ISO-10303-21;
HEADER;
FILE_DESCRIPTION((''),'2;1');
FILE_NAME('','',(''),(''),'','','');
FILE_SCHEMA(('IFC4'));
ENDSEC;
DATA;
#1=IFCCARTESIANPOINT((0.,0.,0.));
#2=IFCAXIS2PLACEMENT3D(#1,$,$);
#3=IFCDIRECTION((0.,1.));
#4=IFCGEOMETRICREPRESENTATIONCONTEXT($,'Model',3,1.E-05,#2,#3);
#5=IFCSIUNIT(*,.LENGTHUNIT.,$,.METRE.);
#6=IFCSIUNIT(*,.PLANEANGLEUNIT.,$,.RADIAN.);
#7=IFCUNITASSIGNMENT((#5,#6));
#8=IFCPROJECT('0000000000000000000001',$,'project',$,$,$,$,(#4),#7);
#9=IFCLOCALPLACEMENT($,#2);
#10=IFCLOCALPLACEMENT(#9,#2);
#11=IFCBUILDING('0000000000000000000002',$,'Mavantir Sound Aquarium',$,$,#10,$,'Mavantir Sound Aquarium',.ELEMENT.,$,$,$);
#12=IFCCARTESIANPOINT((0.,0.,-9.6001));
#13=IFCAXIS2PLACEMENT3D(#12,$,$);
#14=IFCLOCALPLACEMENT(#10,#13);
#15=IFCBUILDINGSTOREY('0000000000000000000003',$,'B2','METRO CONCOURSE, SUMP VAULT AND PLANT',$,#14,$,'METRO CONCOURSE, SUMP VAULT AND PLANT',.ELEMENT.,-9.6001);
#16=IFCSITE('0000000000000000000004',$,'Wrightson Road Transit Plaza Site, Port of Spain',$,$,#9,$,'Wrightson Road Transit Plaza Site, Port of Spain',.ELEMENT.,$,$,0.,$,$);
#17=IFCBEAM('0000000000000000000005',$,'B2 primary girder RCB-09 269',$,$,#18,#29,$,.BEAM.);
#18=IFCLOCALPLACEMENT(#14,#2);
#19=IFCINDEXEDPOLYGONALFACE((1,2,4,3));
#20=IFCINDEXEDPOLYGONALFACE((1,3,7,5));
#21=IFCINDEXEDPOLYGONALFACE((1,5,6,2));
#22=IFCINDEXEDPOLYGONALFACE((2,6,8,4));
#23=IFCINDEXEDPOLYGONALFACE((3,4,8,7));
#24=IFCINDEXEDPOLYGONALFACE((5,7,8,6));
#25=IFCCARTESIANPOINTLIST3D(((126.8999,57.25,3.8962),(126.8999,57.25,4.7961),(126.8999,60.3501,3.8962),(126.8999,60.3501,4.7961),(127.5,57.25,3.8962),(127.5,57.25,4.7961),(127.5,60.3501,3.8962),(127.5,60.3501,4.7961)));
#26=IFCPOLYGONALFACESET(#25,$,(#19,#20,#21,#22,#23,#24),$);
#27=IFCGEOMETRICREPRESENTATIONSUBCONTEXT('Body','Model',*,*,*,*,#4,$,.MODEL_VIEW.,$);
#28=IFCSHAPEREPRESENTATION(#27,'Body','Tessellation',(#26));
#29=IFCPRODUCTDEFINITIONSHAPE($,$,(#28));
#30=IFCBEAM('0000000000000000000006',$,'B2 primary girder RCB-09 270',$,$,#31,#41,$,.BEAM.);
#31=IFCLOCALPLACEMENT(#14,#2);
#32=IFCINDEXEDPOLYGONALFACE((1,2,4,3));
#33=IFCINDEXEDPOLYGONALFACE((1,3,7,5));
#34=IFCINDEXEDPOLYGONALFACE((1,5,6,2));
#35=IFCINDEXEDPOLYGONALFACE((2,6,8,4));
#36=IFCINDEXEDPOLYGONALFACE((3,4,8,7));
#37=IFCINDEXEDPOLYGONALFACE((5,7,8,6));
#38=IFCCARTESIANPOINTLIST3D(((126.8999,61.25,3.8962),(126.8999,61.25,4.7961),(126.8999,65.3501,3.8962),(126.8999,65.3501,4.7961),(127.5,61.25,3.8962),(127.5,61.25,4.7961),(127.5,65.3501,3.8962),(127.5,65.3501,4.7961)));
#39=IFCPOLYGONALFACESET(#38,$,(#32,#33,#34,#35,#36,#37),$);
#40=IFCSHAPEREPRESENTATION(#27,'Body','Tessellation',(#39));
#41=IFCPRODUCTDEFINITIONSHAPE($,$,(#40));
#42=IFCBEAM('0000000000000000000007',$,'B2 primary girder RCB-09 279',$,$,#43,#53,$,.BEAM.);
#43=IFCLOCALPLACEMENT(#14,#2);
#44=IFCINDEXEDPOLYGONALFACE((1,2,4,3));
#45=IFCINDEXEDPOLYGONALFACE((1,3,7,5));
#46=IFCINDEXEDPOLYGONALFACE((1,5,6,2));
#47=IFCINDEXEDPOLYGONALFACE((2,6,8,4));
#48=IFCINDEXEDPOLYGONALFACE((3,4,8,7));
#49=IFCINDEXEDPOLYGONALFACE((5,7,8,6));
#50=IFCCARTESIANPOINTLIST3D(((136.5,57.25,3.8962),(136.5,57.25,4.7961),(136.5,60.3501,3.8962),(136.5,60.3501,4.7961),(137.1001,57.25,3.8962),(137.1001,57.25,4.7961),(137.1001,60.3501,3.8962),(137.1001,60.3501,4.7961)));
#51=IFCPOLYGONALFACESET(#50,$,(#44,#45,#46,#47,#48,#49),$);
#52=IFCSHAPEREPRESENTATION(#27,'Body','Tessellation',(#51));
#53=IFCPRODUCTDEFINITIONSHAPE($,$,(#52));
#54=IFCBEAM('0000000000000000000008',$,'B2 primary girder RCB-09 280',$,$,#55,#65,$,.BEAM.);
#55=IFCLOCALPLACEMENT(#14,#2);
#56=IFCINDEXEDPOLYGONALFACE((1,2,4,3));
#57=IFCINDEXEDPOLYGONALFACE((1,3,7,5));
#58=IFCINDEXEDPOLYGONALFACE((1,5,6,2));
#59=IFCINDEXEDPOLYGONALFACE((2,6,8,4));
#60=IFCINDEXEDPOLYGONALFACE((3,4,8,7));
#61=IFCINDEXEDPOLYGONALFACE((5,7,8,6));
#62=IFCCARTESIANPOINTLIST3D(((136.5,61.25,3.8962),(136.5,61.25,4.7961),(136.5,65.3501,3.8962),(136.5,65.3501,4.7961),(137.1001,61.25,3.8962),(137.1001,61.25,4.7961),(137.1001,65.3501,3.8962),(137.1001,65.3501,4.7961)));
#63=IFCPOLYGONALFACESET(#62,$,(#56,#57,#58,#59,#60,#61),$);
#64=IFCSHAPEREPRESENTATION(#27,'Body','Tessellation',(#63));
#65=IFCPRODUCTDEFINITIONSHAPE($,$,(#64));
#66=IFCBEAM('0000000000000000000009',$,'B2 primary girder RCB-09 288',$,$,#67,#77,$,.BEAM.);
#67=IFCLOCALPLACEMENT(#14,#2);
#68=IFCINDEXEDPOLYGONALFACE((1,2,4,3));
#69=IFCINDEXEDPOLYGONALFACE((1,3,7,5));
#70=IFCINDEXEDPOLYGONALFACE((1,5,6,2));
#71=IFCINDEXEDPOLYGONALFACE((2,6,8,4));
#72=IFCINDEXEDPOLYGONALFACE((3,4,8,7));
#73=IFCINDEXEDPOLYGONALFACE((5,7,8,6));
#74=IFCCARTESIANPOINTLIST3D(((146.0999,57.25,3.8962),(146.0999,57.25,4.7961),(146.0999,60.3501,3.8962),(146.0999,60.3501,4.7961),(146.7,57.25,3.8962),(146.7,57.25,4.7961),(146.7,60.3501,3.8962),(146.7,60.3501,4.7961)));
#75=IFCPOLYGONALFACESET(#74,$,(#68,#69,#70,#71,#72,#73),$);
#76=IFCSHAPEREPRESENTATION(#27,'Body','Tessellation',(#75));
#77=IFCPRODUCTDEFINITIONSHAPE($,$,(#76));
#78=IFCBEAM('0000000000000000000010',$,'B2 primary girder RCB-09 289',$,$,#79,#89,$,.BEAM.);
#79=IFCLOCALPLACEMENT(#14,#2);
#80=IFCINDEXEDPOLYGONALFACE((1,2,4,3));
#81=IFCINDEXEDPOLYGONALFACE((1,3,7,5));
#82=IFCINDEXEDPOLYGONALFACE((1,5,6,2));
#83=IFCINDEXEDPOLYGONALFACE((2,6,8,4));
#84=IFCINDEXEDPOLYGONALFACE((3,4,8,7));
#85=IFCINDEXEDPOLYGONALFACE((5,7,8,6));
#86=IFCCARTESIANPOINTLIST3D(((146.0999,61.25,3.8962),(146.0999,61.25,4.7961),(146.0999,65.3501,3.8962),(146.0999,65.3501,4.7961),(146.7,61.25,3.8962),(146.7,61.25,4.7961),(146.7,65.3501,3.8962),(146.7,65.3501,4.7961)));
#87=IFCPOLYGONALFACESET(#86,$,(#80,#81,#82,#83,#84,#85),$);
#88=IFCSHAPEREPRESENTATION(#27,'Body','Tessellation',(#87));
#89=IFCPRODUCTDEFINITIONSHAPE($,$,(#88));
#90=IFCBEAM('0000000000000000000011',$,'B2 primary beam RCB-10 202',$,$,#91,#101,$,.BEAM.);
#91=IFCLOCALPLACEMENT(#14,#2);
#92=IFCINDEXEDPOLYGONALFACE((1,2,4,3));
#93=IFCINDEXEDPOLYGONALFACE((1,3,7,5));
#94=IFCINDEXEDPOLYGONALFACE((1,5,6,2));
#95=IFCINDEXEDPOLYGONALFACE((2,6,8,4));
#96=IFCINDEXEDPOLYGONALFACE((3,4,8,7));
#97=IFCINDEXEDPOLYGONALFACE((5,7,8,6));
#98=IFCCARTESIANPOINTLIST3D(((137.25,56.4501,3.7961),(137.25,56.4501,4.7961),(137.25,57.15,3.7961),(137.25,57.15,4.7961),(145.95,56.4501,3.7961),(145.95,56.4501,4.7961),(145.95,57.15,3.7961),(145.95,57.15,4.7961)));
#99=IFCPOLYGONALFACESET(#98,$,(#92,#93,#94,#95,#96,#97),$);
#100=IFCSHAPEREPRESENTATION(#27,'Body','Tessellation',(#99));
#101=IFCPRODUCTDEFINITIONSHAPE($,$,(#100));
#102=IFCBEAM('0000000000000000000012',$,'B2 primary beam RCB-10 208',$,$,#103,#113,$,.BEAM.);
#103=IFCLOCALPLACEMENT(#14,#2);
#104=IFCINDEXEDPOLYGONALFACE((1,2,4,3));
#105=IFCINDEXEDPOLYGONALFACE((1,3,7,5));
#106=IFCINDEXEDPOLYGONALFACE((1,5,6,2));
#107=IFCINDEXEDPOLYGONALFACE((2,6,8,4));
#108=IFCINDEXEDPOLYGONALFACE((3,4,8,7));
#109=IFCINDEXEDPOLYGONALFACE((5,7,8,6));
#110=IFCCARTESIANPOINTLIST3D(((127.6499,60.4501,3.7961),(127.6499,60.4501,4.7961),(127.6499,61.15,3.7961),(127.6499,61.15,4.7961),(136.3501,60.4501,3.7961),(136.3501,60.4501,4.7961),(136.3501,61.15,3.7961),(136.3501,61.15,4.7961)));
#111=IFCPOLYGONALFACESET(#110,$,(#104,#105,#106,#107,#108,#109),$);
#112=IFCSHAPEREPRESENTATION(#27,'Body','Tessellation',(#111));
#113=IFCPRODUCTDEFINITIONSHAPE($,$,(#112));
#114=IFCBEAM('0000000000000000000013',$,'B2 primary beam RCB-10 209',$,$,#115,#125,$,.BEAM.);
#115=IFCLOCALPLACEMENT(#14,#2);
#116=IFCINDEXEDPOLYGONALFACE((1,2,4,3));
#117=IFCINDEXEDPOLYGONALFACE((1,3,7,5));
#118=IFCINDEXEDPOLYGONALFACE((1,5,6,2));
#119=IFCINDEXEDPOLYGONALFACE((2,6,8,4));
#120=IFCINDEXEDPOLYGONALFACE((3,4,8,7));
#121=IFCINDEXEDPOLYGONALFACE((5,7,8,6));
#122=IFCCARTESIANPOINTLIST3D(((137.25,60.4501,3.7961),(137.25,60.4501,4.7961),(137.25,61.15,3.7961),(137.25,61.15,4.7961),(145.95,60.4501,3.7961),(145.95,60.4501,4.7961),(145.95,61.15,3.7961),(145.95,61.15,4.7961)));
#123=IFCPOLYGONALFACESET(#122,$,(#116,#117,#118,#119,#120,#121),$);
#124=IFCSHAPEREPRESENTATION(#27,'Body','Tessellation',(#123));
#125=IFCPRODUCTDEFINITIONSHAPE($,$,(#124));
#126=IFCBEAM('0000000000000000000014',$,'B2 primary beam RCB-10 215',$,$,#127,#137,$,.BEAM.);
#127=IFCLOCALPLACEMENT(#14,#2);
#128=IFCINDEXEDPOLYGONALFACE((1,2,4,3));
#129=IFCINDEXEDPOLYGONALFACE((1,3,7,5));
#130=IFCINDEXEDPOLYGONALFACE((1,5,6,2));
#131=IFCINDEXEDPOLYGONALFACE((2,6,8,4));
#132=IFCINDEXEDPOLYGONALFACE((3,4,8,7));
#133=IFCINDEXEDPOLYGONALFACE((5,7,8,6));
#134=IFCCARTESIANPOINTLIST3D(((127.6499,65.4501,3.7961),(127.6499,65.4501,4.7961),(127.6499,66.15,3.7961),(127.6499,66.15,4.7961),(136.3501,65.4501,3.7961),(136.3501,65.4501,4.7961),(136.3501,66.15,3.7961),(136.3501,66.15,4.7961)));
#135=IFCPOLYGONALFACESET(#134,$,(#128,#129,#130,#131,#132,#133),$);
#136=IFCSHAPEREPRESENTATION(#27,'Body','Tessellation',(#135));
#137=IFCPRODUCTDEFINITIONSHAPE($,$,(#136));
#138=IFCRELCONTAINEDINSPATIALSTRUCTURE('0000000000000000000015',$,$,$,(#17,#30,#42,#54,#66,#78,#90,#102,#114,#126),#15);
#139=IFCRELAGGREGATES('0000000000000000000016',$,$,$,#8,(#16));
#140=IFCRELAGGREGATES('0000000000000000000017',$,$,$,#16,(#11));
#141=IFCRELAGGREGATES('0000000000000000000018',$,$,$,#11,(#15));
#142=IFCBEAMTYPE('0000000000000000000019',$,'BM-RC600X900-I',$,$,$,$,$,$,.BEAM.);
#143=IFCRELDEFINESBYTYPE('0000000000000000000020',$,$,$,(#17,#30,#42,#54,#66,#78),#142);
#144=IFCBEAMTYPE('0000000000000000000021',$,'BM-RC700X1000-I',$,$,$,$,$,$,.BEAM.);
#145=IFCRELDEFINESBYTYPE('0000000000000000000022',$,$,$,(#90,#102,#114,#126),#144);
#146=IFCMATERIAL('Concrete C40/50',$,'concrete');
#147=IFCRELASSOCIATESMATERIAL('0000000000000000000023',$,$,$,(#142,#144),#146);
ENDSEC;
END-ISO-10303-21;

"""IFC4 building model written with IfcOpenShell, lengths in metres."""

from ifc_helpers import new_model, si_unit, direction, frame, origin, origin_2d, place, context, subcontext, project, spatial, rectangle, extrude, material, material_profile, profile_set, type_object, element, save


model = new_model("IFC4")

# Units and contexts
model_context = context("Model", 3, precision=1e-05, world=origin(), true_north=direction((0.0, 1.0)))
body_context = subcontext(model_context, "Body", "Model", "MODEL_VIEW")
ifc_project = project(units=[si_unit("LENGTHUNIT", "METRE"), si_unit("PLANEANGLEUNIT", "RADIAN")], contexts=[model_context])

# Site, building, storey
site_placement = place(None, origin())
site = spatial("IfcSite", under=ifc_project, at=site_placement, Name="Wrightson Road Transit Plaza Site, Port of Spain", LongName="Wrightson Road Transit Plaza Site, Port of Spain", CompositionType="ELEMENT", RefElevation=0.0)
building_placement = place(site_placement, origin())
building = spatial("IfcBuilding", under=site, at=building_placement, Name="Mavantir Sound Aquarium", LongName="Mavantir Sound Aquarium", CompositionType="ELEMENT")
storey_placement = place(building_placement, frame((0.0, 0.0, -9.6001)))
storey = spatial("IfcBuildingStorey", under=building, at=storey_placement, Name="B2", Description="METRO CONCOURSE, SUMP VAULT AND PLANT", LongName="METRO CONCOURSE, SUMP VAULT AND PLANT", CompositionType="ELEMENT", Elevation=-9.6001)

# Shared definitions
ifc_material = material(Name="Concrete C40/50", Category="concrete")

# Beams
ifc_material_profile_1 = material_profile(ifc_material, rectangle(XDim=0.6001, YDim=0.8999, at=origin_2d()), Name="RC 600X900")
ifc_profile_set_1 = profile_set([ifc_material_profile_1], Name="Concrete C40/50")
beam_type_1 = type_object("IfcBeamType", Name="BM-RC600X900-I", PredefinedType="BEAM", material=ifc_profile_set_1)
beam_1_placement = place(storey_placement, frame((127.2, 57.25, 4.3462), z_axis=(0.0, 1.0, 0.0), x_axis=(-1.0, 0.0, 0.0)))
element("IfcBeam", 1, at=beam_1_placement, inside=storey, type_object=beam_type_1, Name="B2 primary girder RCB-09 269", PredefinedType="BEAM", context=body_context, shape_type="SweptSolid", body=[
    extrude(rectangle(XDim=0.6001, YDim=0.8999, at=origin_2d()), origin(), (0.0, 0.0, 1.0), 3.1001),
])
beam_2_placement = place(storey_placement, frame((127.2, 61.25, 4.3462), z_axis=(0.0, 1.0, 0.0), x_axis=(-1.0, 0.0, 0.0)))
element("IfcBeam", 2, at=beam_2_placement, inside=storey, type_object=beam_type_1, Name="B2 primary girder RCB-09 270", PredefinedType="BEAM", context=body_context, shape_type="SweptSolid", body=[
    extrude(rectangle(XDim=0.6001, YDim=0.8999, at=origin_2d()), origin(), (0.0, 0.0, 1.0), 4.1001),
])
beam_3_placement = place(storey_placement, frame((136.8, 57.25, 4.3462), z_axis=(0.0, 1.0, 0.0), x_axis=(-1.0, 0.0, 0.0)))
element("IfcBeam", 3, at=beam_3_placement, inside=storey, type_object=beam_type_1, Name="B2 primary girder RCB-09 279", PredefinedType="BEAM", context=body_context, shape_type="SweptSolid", body=[
    extrude(rectangle(XDim=0.6001, YDim=0.8999, at=origin_2d()), origin(), (0.0, 0.0, 1.0), 3.1001),
])
beam_4_placement = place(storey_placement, frame((136.8, 61.25, 4.3462), z_axis=(0.0, 1.0, 0.0), x_axis=(-1.0, 0.0, 0.0)))
element("IfcBeam", 4, at=beam_4_placement, inside=storey, type_object=beam_type_1, Name="B2 primary girder RCB-09 280", PredefinedType="BEAM", context=body_context, shape_type="SweptSolid", body=[
    extrude(rectangle(XDim=0.6001, YDim=0.8999, at=origin_2d()), origin(), (0.0, 0.0, 1.0), 4.1001),
])
beam_5_placement = place(storey_placement, frame((146.3999, 57.25, 4.3462), z_axis=(0.0, 1.0, 0.0), x_axis=(-1.0, 0.0, 0.0)))
element("IfcBeam", 5, at=beam_5_placement, inside=storey, type_object=beam_type_1, Name="B2 primary girder RCB-09 288", PredefinedType="BEAM", context=body_context, shape_type="SweptSolid", body=[
    extrude(rectangle(XDim=0.6001, YDim=0.8999, at=origin_2d()), origin(), (0.0, 0.0, 1.0), 3.1001),
])
beam_6_placement = place(storey_placement, frame((146.3999, 61.25, 4.3462), z_axis=(0.0, 1.0, 0.0), x_axis=(-1.0, 0.0, 0.0)))
element("IfcBeam", 6, at=beam_6_placement, inside=storey, type_object=beam_type_1, Name="B2 primary girder RCB-09 289", PredefinedType="BEAM", context=body_context, shape_type="SweptSolid", body=[
    extrude(rectangle(XDim=0.6001, YDim=0.8999, at=origin_2d()), origin(), (0.0, 0.0, 1.0), 4.1001),
])
ifc_material_profile_2 = material_profile(ifc_material, rectangle(XDim=0.7, YDim=1.0, at=origin_2d()), Name="RC 700X1000")
ifc_profile_set_2 = profile_set([ifc_material_profile_2], Name="Concrete C40/50")
beam_type_2 = type_object("IfcBeamType", Name="BM-RC700X1000-I", PredefinedType="BEAM", material=ifc_profile_set_2)
beam_7_placement = place(storey_placement, frame((137.25, 56.8, 4.2961), z_axis=(1.0, 0.0, 0.0), x_axis=(0.0, 1.0, 0.0)))
element("IfcBeam", 7, at=beam_7_placement, inside=storey, type_object=beam_type_2, Name="B2 primary beam RCB-10 202", PredefinedType="BEAM", context=body_context, shape_type="SweptSolid", body=[
    extrude(rectangle(XDim=0.7, YDim=1.0, at=origin_2d()), origin(), (0.0, 0.0, 1.0), 8.7),
])
beam_8_placement = place(storey_placement, frame((127.6499, 60.8, 4.2961), z_axis=(1.0, 0.0, 0.0), x_axis=(0.0, 1.0, 0.0)))
element("IfcBeam", 8, at=beam_8_placement, inside=storey, type_object=beam_type_2, Name="B2 primary beam RCB-10 208", PredefinedType="BEAM", context=body_context, shape_type="SweptSolid", body=[
    extrude(rectangle(XDim=0.7, YDim=1.0, at=origin_2d()), origin(), (0.0, 0.0, 1.0), 8.7002),
])
beam_9_placement = place(storey_placement, frame((137.25, 60.8, 4.2961), z_axis=(1.0, 0.0, 0.0), x_axis=(0.0, 1.0, 0.0)))
element("IfcBeam", 9, at=beam_9_placement, inside=storey, type_object=beam_type_2, Name="B2 primary beam RCB-10 209", PredefinedType="BEAM", context=body_context, shape_type="SweptSolid", body=[
    extrude(rectangle(XDim=0.7, YDim=1.0, at=origin_2d()), origin(), (0.0, 0.0, 1.0), 8.7),
])
beam_10_placement = place(storey_placement, frame((127.6499, 65.8, 4.2961), z_axis=(1.0, 0.0, 0.0), x_axis=(0.0, 1.0, 0.0)))
element("IfcBeam", 10, at=beam_10_placement, inside=storey, type_object=beam_type_2, Name="B2 primary beam RCB-10 215", PredefinedType="BEAM", context=body_context, shape_type="SweptSolid", body=[
    extrude(rectangle(XDim=0.7, YDim=1.0, at=origin_2d()), origin(), (0.0, 0.0, 1.0), 8.7002),
])

save(model, "model.ifc")
